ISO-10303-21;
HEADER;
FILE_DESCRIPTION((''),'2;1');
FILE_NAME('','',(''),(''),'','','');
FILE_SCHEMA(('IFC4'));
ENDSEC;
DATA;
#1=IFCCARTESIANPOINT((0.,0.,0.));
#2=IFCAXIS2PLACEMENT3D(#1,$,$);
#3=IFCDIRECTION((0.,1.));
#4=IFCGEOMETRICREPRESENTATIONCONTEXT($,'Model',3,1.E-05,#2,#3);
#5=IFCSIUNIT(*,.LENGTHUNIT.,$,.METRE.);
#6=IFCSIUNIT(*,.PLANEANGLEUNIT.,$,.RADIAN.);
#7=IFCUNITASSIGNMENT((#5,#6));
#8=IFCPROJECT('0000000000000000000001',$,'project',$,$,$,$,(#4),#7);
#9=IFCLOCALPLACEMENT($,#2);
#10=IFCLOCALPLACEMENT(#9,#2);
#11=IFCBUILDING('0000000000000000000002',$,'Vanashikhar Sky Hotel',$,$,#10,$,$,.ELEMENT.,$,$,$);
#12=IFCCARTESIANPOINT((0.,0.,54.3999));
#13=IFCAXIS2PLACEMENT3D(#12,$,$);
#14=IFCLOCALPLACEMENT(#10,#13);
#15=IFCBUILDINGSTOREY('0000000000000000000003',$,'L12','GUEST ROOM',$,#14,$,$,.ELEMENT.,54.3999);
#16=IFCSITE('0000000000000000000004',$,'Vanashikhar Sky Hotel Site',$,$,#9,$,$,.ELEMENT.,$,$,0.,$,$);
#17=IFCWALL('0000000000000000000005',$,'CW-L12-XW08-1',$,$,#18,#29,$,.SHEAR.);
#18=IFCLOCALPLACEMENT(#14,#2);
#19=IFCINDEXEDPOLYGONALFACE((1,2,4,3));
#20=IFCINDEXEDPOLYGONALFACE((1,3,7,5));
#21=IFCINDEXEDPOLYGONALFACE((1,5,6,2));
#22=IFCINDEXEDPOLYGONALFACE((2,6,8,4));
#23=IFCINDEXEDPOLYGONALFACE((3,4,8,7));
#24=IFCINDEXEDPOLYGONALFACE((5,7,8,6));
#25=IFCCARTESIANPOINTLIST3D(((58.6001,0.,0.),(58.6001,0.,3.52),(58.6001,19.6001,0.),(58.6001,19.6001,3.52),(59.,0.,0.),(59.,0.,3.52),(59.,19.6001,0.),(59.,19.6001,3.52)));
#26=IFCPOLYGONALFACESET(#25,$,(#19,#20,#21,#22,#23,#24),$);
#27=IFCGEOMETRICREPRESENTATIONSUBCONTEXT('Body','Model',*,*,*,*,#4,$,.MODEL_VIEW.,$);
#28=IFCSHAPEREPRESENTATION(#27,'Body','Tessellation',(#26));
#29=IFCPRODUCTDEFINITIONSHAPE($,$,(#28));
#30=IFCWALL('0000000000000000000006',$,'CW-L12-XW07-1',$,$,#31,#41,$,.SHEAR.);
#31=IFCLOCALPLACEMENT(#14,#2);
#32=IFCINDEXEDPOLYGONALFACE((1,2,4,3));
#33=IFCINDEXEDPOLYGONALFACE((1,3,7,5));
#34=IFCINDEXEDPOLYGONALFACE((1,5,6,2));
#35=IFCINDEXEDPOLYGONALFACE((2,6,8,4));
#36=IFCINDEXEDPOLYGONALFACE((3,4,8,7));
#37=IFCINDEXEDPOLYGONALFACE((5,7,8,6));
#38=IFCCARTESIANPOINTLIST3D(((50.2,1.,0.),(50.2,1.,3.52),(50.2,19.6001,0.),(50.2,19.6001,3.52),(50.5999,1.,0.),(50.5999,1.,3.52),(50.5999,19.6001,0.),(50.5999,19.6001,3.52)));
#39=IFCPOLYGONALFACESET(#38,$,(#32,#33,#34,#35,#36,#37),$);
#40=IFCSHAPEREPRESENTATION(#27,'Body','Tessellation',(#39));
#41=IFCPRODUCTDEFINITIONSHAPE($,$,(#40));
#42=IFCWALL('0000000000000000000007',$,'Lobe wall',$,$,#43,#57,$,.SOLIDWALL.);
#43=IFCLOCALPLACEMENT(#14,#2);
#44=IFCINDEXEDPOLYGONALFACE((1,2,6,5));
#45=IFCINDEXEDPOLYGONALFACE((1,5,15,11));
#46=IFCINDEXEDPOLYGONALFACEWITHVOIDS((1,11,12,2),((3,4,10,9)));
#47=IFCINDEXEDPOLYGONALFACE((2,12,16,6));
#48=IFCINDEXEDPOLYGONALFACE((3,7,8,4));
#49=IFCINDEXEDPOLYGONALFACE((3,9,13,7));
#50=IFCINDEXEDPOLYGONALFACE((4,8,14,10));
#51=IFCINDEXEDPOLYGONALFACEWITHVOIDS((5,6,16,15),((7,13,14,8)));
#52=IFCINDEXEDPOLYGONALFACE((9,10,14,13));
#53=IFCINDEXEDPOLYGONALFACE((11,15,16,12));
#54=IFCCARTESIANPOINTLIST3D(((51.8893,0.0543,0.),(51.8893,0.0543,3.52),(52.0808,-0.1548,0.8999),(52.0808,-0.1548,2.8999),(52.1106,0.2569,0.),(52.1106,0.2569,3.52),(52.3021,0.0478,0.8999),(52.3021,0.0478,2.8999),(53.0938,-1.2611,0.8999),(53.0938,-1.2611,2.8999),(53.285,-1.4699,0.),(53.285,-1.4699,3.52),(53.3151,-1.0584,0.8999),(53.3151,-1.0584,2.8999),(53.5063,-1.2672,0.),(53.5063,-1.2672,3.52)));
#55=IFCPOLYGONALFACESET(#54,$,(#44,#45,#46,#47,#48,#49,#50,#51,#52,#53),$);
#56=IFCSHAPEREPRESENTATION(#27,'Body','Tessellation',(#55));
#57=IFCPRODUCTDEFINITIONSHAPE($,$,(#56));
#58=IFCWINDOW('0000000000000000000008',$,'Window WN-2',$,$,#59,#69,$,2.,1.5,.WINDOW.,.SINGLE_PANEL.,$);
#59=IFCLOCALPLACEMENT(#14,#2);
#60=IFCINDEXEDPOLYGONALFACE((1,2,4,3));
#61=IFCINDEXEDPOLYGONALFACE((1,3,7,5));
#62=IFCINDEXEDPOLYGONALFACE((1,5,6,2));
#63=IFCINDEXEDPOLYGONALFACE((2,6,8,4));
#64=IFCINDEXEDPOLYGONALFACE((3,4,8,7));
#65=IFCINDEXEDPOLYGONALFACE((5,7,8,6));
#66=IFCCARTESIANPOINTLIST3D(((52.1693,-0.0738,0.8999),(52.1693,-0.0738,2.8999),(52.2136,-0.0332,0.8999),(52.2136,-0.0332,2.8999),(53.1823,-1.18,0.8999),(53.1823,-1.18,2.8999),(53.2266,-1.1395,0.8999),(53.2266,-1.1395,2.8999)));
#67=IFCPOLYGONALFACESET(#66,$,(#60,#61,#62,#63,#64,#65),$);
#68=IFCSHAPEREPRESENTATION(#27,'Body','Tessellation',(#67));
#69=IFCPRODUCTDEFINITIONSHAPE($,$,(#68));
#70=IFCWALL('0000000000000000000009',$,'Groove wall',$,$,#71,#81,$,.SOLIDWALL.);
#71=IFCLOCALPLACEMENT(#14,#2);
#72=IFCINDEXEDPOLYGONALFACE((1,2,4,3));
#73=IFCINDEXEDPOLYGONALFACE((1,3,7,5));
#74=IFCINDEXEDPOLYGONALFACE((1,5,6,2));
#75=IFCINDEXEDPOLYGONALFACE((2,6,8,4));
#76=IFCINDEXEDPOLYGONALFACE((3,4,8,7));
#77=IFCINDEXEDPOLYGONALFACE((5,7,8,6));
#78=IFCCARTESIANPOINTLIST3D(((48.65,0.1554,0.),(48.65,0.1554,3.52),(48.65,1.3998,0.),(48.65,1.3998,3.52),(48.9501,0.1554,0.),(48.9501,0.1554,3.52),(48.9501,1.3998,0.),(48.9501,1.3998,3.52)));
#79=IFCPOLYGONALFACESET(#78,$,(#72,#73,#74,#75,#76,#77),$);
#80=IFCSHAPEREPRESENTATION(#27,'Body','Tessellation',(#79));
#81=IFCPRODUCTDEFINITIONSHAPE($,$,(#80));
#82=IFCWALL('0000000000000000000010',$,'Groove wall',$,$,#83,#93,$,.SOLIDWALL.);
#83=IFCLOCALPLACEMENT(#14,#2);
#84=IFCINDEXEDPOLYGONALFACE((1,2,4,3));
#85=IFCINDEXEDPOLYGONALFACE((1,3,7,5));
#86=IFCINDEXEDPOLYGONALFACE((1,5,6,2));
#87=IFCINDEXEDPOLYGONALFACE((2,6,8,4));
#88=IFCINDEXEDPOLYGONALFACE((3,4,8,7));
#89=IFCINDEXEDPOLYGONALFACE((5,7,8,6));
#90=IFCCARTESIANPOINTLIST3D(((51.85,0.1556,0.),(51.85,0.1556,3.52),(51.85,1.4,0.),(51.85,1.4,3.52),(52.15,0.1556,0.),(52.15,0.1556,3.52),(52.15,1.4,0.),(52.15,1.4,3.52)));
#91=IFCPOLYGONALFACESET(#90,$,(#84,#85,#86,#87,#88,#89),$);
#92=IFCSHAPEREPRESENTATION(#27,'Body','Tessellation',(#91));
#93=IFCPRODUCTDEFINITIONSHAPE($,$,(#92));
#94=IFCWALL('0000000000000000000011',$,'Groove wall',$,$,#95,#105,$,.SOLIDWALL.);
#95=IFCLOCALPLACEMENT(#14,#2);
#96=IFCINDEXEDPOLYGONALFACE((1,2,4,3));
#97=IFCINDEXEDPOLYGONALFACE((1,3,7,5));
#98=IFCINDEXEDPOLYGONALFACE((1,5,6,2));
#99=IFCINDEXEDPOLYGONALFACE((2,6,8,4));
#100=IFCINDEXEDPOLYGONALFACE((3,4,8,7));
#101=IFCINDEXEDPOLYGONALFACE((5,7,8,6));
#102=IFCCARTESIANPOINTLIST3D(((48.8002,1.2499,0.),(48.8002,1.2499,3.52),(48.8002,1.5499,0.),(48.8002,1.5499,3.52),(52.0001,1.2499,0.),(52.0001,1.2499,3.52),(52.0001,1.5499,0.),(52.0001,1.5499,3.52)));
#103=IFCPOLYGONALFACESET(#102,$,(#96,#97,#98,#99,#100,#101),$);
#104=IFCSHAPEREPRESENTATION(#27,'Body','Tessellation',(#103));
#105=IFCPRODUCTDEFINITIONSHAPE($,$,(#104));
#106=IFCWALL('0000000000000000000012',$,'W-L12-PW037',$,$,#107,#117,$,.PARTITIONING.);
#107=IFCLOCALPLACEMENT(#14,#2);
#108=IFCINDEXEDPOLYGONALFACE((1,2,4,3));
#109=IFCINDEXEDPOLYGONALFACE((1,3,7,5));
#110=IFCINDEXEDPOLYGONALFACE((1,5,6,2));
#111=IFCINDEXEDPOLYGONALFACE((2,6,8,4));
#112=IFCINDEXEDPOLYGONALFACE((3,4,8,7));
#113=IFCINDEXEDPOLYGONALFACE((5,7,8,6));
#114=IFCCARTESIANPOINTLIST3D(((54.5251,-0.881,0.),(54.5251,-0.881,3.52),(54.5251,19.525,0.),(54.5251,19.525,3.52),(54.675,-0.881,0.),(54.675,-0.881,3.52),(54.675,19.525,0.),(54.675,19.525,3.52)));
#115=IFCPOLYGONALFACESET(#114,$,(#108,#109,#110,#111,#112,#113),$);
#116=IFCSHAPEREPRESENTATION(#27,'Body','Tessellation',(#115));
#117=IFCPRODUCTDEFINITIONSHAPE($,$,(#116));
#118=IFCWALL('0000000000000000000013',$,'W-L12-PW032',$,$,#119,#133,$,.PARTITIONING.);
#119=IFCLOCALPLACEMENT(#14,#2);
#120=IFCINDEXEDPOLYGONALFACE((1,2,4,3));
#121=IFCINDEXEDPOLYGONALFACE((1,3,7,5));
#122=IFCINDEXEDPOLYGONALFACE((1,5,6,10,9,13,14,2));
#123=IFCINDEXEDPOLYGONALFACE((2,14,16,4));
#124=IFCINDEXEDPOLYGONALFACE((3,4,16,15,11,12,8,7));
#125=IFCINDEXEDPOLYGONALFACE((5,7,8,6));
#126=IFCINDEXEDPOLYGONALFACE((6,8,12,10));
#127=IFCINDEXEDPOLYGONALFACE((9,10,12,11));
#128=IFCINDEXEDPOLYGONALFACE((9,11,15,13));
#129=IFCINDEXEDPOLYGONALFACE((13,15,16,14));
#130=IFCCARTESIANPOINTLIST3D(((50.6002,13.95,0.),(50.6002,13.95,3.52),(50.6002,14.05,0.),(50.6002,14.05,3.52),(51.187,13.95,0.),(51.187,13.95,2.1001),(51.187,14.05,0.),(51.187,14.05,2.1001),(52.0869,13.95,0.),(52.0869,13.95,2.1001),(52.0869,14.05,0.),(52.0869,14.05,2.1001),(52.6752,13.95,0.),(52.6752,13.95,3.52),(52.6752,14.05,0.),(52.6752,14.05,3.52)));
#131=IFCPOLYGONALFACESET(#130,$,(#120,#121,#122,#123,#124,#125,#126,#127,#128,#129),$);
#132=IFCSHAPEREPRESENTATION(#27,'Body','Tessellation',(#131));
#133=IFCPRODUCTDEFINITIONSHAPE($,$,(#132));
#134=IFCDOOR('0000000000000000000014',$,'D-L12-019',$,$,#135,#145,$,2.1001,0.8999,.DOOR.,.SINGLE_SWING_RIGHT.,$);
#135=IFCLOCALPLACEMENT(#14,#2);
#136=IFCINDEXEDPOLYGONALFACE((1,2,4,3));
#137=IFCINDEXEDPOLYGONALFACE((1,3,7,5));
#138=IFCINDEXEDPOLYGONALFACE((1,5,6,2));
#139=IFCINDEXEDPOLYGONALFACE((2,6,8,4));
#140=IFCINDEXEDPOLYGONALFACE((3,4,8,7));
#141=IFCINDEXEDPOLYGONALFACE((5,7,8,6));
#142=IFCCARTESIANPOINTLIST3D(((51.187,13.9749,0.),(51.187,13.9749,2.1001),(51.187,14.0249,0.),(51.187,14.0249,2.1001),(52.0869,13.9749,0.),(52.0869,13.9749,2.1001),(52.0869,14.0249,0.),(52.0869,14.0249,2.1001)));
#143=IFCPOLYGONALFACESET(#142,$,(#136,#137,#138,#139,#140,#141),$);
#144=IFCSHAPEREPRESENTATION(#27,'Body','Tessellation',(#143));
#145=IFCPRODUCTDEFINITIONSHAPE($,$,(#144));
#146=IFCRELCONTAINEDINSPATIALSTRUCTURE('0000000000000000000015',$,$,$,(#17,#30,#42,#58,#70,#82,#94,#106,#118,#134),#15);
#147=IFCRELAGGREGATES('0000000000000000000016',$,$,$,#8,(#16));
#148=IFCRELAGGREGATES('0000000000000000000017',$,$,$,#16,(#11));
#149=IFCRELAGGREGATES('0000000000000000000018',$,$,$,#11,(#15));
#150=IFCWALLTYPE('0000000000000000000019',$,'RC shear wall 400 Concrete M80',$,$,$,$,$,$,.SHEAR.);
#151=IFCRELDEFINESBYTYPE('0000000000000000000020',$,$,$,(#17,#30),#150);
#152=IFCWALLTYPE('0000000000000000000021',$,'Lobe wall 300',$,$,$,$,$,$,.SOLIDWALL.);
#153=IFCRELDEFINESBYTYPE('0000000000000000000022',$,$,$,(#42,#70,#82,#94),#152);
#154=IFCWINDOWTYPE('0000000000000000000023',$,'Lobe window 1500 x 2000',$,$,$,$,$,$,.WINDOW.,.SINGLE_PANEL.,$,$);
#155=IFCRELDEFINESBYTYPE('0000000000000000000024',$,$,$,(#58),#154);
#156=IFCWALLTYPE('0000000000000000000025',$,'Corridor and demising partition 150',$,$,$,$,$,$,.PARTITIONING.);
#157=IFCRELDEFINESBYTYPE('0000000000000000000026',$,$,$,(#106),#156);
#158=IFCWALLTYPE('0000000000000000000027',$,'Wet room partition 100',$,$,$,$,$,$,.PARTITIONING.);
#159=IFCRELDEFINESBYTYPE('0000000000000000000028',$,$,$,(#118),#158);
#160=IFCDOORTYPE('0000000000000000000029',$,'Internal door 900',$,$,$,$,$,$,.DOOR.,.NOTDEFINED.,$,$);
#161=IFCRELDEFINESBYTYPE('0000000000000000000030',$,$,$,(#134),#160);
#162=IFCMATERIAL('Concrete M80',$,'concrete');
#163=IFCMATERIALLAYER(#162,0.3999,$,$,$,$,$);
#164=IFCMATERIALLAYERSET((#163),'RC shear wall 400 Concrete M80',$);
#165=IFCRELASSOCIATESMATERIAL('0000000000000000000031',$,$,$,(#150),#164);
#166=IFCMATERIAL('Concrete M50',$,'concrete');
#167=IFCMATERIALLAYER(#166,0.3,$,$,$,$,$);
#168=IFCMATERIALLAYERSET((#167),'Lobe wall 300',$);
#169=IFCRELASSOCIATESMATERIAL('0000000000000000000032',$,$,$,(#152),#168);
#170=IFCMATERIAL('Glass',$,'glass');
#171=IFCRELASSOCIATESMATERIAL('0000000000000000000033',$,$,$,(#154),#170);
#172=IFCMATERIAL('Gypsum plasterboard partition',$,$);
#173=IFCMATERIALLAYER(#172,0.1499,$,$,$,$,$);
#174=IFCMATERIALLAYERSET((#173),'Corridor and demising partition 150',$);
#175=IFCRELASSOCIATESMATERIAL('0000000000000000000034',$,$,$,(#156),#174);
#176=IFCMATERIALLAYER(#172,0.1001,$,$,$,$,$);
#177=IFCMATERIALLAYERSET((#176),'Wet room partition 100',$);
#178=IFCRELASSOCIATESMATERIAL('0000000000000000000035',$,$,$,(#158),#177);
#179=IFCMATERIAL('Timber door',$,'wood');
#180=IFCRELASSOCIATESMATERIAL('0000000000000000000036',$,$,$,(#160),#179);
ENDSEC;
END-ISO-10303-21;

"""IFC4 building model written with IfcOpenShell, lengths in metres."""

from ifc_helpers import new_model, si_unit, direction, frame, frame_2d, origin, place, context, subcontext, project, spatial, rectangle, extrude, source, transform, mapped, material, layer, layer_set, type_object, element, fill, save


model = new_model("IFC4")

# Units and contexts
model_context = context("Model", 3, precision=1e-05, world=origin(), true_north=direction((0.0, 1.0)))
body_context = subcontext(model_context, "Body", "Model", "MODEL_VIEW")
ifc_project = project(units=[si_unit("LENGTHUNIT", "METRE"), si_unit("PLANEANGLEUNIT", "RADIAN")], contexts=[model_context])

# Site, building, storey
site_placement = place(None, origin())
site = spatial("IfcSite", under=ifc_project, at=site_placement, Name="Vanashikhar Sky Hotel Site", CompositionType="ELEMENT", RefElevation=0.0)
building_placement = place(site_placement, origin())
building = spatial("IfcBuilding", under=site, at=building_placement, Name="Vanashikhar Sky Hotel", CompositionType="ELEMENT")
storey_placement = place(building_placement, frame((0.0, 0.0, 54.3999)))
storey = spatial("IfcBuildingStorey", under=building, at=storey_placement, Name="L12", Description="GUEST ROOM", CompositionType="ELEMENT", Elevation=54.3999)

# Walls
ifc_material_1 = material(Name="Concrete M80", Category="concrete")
ifc_layer_1 = layer(ifc_material_1, 0.3999)
ifc_layer_set_1 = layer_set([ifc_layer_1], Name="RC shear wall 400 Concrete M80")
wall_type_1 = type_object("IfcWallType", Name="RC shear wall 400 Concrete M80", PredefinedType="SHEAR", material=ifc_layer_set_1)
shared_shape_1 = source(origin(), body_context, "Body", "SweptSolid", [
    extrude(rectangle(XDim=19.6001, YDim=0.3999, at=frame_2d((9.8, 0.0))), origin(), (0.0, 0.0, 1.0), 3.52),
])
wall_1_placement = place(storey_placement, frame((58.8, 0.0, 0.0), z_axis=(0.0, 0.0, 1.0), x_axis=(0.0, 1.0, 0.0)))
element("IfcWall", 1, at=wall_1_placement, inside=storey, type_object=wall_type_1, Name="CW-L12-XW08-1", PredefinedType="SHEAR", context=body_context, shape_type="MappedRepresentation", body=[
    mapped(shared_shape_1, transform((0.0, 0.0, 0.0), scale=1.0)),
])
shared_shape_2 = source(origin(), body_context, "Body", "SweptSolid", [
    extrude(rectangle(XDim=18.6001, YDim=0.3999, at=frame_2d((9.3, 0.0))), origin(), (0.0, 0.0, 1.0), 3.52),
])
wall_2_placement = place(storey_placement, frame((50.3999, 1.0, 0.0), z_axis=(0.0, 0.0, 1.0), x_axis=(0.0, 1.0, 0.0)))
element("IfcWall", 2, at=wall_2_placement, inside=storey, type_object=wall_type_1, Name="CW-L12-XW07-1", PredefinedType="SHEAR", context=body_context, shape_type="MappedRepresentation", body=[
    mapped(shared_shape_2, transform((0.0, 0.0, 0.0), scale=1.0)),
])

# Wall, opening, window
ifc_material_2 = material(Name="Concrete M50", Category="concrete")
ifc_layer_2 = layer(ifc_material_2, 0.3)
ifc_layer_set_2 = layer_set([ifc_layer_2], Name="Lobe wall 300")
wall_type_2 = type_object("IfcWallType", Name="Lobe wall 300", PredefinedType="SOLIDWALL", material=ifc_layer_set_2)
shared_shape_3 = source(origin(), body_context, "Body", "SweptSolid", [
    extrude(rectangle(XDim=2.0667, YDim=0.3, at=frame_2d((1.0332, 0.0))), origin(), (0.0, 0.0, 1.0), 3.52),
])
wall_3_placement = place(storey_placement, frame((52.0, 0.1555, 0.0), z_axis=(0.0, 0.0, 1.0), x_axis=(0.675355, -0.737492, 0.0)))
wall_3 = element("IfcWall", 3, at=wall_3_placement, inside=storey, type_object=wall_type_2, Name="Lobe wall", PredefinedType="SOLIDWALL", context=body_context, shape_type="MappedRepresentation", body=[
    mapped(shared_shape_3, transform((0.0, 0.0, 0.0), scale=1.0)),
])
shared_shape_4 = source(origin(), body_context, "Body", "SweptSolid", [
    extrude(rectangle(XDim=1.5, YDim=2.0, at=frame_2d((0.75, 1.0))), frame((0.0, 0.1602, 0.0), z_axis=(0.0, -1.0, 0.0), x_axis=(1.0, 0.0, 0.0)), (0.0, 0.0, 1.0), 0.3201),
])
opening_1_placement = place(wall_3_placement, frame((0.2834, 0.0, 0.8999)))
opening_1 = element("IfcOpeningElement", 4, at=opening_1_placement, cuts=wall_3, PredefinedType="OPENING", context=body_context, shape_type="MappedRepresentation", body=[
    mapped(shared_shape_4, transform((0.0, 0.0, 0.0), scale=1.0)),
])
ifc_material_3 = material(Name="Glass", Category="glass")
window_type = type_object("IfcWindowType", Name="Lobe window 1500 x 2000", PartitioningType="SINGLE_PANEL", PredefinedType="WINDOW", material=ifc_material_3)
shared_shape_5 = source(origin(), body_context, "Body", "SweptSolid", [
    extrude(rectangle(XDim=1.5, YDim=2.0, at=frame_2d((0.75, 1.0))), frame((0.0, 0.03, 0.0), z_axis=(0.0, -1.0, 0.0), x_axis=(1.0, 0.0, 0.0)), (0.0, 0.0, 1.0), 0.0601),
])
window_placement = place(opening_1_placement, origin())
window = element("IfcWindow", 5, at=window_placement, inside=storey, type_object=window_type, Name="Window WN-2", OverallHeight=2.0, OverallWidth=1.5, PartitioningType="SINGLE_PANEL", PredefinedType="WINDOW", context=body_context, shape_type="MappedRepresentation", body=[
    mapped(shared_shape_5, transform((0.0, 0.0, 0.0), scale=1.0)),
])
fill(opening_1, window)

# Walls
shared_shape_6 = source(origin(), body_context, "Body", "SweptSolid", [
    extrude(rectangle(XDim=1.2444, YDim=0.3, at=frame_2d((0.6221, 0.0))), origin(), (0.0, 0.0, 1.0), 3.52),
])
for number, where, z_axis, x_axis, name in (
    (6, (48.8, 0.1555, 0.0), (0.0, 0.0, 1.0), (0.0, 1.0, 0.0), "Groove wall"),
    (7, (52.0, 1.3999, 0.0), (0.0, 0.0, 1.0), (0.0, -1.0, 0.0), "Groove wall"),
):
    element("IfcWall", number, at=place(storey_placement, frame(where, z_axis=z_axis, x_axis=x_axis)), inside=storey, type_object=wall_type_2, Name=name, PredefinedType="SOLIDWALL", context=body_context, shape_type="MappedRepresentation", body=[
        mapped(shared_shape_6, transform((0.0, 0.0, 0.0), scale=1.0)),
    ])
shared_shape_7 = source(origin(), body_context, "Body", "SweptSolid", [
    extrude(rectangle(XDim=3.2, YDim=0.3, at=frame_2d((1.6001, 0.0))), origin(), (0.0, 0.0, 1.0), 3.52),
])
wall_4_placement = place(storey_placement, frame((48.8, 1.3999, 0.0), z_axis=(0.0, 0.0, 1.0), x_axis=(1.0, 0.0, 0.0)))
element("IfcWall", 8, at=wall_4_placement, inside=storey, type_object=wall_type_2, Name="Groove wall", PredefinedType="SOLIDWALL", context=body_context, shape_type="MappedRepresentation", body=[
    mapped(shared_shape_7, transform((0.0, 0.0, 0.0), scale=1.0)),
])
ifc_material_4 = material(Name="Gypsum plasterboard partition")
ifc_layer_3 = layer(ifc_material_4, 0.1499)
ifc_layer_set_3 = layer_set([ifc_layer_3], Name="Corridor and demising partition 150")
wall_type_3 = type_object("IfcWallType", Name="Corridor and demising partition 150", PredefinedType="PARTITIONING", material=ifc_layer_set_3)
shared_shape_8 = source(origin(), body_context, "Body", "SweptSolid", [
    extrude(rectangle(XDim=20.406, YDim=0.1499, at=frame_2d((10.2031, 0.0))), origin(), (0.0, 0.0, 1.0), 3.52),
])
wall_5_placement = place(storey_placement, frame((54.6001, -0.8811, 0.0), z_axis=(0.0, 0.0, 1.0), x_axis=(0.0, 1.0, 0.0)))
element("IfcWall", 9, at=wall_5_placement, inside=storey, type_object=wall_type_3, Name="W-L12-PW037", PredefinedType="PARTITIONING", context=body_context, shape_type="MappedRepresentation", body=[
    mapped(shared_shape_8, transform((0.0, 0.0, 0.0), scale=1.0)),
])

# Wall, opening, door
ifc_layer_4 = layer(ifc_material_4, 0.1001)
ifc_layer_set_4 = layer_set([ifc_layer_4], Name="Wet room partition 100")
wall_type_4 = type_object("IfcWallType", Name="Wet room partition 100", PredefinedType="PARTITIONING", material=ifc_layer_set_4)
shared_shape_9 = source(origin(), body_context, "Body", "SweptSolid", [
    extrude(rectangle(XDim=2.075, YDim=0.1001, at=frame_2d((1.0376, 0.0))), origin(), (0.0, 0.0, 1.0), 3.52),
])
wall_6_placement = place(storey_placement, frame((50.6001, 14.0, 0.0), z_axis=(0.0, 0.0, 1.0), x_axis=(1.0, 0.0, 0.0)))
wall_6 = element("IfcWall", 10, at=wall_6_placement, inside=storey, type_object=wall_type_4, Name="W-L12-PW032", PredefinedType="PARTITIONING", context=body_context, shape_type="MappedRepresentation", body=[
    mapped(shared_shape_9, transform((0.0, 0.0, 0.0), scale=1.0)),
])
shared_shape_10 = source(origin(), body_context, "Body", "SweptSolid", [
    extrude(rectangle(XDim=0.8999, YDim=2.1001, at=frame_2d((0.45, 1.05))), frame((0.0, 0.0601, 0.0), z_axis=(0.0, -1.0, 0.0), x_axis=(1.0, 0.0, 0.0)), (0.0, 0.0, 1.0), 0.1201),
])
opening_2_placement = place(wall_6_placement, frame((0.5869, 0.0, 0.0)))
opening_2 = element("IfcOpeningElement", 11, at=opening_2_placement, cuts=wall_6, PredefinedType="OPENING", context=body_context, shape_type="MappedRepresentation", body=[
    mapped(shared_shape_10, transform((0.0, 0.0, 0.0), scale=1.0)),
])
ifc_material_5 = material(Name="Timber door", Category="wood")
door_type = type_object("IfcDoorType", Name="Internal door 900", OperationType="NOTDEFINED", PredefinedType="DOOR", material=ifc_material_5)
shared_shape_11 = source(origin(), body_context, "Body", "SweptSolid", [
    extrude(rectangle(XDim=0.8999, YDim=2.1001, at=frame_2d((0.45, 1.05))), frame((0.0, 0.0249, 0.0), z_axis=(0.0, -1.0, 0.0), x_axis=(1.0, 0.0, 0.0)), (0.0, 0.0, 1.0), 0.05),
])
door_1_placement = place(opening_2_placement, origin())
door_1 = element("IfcDoor", 12, at=door_1_placement, inside=storey, type_object=door_type, Name="D-L12-019", OperationType="SINGLE_SWING_RIGHT", OverallHeight=2.1001, OverallWidth=0.8999, PredefinedType="DOOR", context=body_context, shape_type="MappedRepresentation", body=[
    mapped(shared_shape_11, transform((0.0, 0.0, 0.0), scale=1.0)),
])
fill(opening_2, door_1)

save(model, "model.ifc")
